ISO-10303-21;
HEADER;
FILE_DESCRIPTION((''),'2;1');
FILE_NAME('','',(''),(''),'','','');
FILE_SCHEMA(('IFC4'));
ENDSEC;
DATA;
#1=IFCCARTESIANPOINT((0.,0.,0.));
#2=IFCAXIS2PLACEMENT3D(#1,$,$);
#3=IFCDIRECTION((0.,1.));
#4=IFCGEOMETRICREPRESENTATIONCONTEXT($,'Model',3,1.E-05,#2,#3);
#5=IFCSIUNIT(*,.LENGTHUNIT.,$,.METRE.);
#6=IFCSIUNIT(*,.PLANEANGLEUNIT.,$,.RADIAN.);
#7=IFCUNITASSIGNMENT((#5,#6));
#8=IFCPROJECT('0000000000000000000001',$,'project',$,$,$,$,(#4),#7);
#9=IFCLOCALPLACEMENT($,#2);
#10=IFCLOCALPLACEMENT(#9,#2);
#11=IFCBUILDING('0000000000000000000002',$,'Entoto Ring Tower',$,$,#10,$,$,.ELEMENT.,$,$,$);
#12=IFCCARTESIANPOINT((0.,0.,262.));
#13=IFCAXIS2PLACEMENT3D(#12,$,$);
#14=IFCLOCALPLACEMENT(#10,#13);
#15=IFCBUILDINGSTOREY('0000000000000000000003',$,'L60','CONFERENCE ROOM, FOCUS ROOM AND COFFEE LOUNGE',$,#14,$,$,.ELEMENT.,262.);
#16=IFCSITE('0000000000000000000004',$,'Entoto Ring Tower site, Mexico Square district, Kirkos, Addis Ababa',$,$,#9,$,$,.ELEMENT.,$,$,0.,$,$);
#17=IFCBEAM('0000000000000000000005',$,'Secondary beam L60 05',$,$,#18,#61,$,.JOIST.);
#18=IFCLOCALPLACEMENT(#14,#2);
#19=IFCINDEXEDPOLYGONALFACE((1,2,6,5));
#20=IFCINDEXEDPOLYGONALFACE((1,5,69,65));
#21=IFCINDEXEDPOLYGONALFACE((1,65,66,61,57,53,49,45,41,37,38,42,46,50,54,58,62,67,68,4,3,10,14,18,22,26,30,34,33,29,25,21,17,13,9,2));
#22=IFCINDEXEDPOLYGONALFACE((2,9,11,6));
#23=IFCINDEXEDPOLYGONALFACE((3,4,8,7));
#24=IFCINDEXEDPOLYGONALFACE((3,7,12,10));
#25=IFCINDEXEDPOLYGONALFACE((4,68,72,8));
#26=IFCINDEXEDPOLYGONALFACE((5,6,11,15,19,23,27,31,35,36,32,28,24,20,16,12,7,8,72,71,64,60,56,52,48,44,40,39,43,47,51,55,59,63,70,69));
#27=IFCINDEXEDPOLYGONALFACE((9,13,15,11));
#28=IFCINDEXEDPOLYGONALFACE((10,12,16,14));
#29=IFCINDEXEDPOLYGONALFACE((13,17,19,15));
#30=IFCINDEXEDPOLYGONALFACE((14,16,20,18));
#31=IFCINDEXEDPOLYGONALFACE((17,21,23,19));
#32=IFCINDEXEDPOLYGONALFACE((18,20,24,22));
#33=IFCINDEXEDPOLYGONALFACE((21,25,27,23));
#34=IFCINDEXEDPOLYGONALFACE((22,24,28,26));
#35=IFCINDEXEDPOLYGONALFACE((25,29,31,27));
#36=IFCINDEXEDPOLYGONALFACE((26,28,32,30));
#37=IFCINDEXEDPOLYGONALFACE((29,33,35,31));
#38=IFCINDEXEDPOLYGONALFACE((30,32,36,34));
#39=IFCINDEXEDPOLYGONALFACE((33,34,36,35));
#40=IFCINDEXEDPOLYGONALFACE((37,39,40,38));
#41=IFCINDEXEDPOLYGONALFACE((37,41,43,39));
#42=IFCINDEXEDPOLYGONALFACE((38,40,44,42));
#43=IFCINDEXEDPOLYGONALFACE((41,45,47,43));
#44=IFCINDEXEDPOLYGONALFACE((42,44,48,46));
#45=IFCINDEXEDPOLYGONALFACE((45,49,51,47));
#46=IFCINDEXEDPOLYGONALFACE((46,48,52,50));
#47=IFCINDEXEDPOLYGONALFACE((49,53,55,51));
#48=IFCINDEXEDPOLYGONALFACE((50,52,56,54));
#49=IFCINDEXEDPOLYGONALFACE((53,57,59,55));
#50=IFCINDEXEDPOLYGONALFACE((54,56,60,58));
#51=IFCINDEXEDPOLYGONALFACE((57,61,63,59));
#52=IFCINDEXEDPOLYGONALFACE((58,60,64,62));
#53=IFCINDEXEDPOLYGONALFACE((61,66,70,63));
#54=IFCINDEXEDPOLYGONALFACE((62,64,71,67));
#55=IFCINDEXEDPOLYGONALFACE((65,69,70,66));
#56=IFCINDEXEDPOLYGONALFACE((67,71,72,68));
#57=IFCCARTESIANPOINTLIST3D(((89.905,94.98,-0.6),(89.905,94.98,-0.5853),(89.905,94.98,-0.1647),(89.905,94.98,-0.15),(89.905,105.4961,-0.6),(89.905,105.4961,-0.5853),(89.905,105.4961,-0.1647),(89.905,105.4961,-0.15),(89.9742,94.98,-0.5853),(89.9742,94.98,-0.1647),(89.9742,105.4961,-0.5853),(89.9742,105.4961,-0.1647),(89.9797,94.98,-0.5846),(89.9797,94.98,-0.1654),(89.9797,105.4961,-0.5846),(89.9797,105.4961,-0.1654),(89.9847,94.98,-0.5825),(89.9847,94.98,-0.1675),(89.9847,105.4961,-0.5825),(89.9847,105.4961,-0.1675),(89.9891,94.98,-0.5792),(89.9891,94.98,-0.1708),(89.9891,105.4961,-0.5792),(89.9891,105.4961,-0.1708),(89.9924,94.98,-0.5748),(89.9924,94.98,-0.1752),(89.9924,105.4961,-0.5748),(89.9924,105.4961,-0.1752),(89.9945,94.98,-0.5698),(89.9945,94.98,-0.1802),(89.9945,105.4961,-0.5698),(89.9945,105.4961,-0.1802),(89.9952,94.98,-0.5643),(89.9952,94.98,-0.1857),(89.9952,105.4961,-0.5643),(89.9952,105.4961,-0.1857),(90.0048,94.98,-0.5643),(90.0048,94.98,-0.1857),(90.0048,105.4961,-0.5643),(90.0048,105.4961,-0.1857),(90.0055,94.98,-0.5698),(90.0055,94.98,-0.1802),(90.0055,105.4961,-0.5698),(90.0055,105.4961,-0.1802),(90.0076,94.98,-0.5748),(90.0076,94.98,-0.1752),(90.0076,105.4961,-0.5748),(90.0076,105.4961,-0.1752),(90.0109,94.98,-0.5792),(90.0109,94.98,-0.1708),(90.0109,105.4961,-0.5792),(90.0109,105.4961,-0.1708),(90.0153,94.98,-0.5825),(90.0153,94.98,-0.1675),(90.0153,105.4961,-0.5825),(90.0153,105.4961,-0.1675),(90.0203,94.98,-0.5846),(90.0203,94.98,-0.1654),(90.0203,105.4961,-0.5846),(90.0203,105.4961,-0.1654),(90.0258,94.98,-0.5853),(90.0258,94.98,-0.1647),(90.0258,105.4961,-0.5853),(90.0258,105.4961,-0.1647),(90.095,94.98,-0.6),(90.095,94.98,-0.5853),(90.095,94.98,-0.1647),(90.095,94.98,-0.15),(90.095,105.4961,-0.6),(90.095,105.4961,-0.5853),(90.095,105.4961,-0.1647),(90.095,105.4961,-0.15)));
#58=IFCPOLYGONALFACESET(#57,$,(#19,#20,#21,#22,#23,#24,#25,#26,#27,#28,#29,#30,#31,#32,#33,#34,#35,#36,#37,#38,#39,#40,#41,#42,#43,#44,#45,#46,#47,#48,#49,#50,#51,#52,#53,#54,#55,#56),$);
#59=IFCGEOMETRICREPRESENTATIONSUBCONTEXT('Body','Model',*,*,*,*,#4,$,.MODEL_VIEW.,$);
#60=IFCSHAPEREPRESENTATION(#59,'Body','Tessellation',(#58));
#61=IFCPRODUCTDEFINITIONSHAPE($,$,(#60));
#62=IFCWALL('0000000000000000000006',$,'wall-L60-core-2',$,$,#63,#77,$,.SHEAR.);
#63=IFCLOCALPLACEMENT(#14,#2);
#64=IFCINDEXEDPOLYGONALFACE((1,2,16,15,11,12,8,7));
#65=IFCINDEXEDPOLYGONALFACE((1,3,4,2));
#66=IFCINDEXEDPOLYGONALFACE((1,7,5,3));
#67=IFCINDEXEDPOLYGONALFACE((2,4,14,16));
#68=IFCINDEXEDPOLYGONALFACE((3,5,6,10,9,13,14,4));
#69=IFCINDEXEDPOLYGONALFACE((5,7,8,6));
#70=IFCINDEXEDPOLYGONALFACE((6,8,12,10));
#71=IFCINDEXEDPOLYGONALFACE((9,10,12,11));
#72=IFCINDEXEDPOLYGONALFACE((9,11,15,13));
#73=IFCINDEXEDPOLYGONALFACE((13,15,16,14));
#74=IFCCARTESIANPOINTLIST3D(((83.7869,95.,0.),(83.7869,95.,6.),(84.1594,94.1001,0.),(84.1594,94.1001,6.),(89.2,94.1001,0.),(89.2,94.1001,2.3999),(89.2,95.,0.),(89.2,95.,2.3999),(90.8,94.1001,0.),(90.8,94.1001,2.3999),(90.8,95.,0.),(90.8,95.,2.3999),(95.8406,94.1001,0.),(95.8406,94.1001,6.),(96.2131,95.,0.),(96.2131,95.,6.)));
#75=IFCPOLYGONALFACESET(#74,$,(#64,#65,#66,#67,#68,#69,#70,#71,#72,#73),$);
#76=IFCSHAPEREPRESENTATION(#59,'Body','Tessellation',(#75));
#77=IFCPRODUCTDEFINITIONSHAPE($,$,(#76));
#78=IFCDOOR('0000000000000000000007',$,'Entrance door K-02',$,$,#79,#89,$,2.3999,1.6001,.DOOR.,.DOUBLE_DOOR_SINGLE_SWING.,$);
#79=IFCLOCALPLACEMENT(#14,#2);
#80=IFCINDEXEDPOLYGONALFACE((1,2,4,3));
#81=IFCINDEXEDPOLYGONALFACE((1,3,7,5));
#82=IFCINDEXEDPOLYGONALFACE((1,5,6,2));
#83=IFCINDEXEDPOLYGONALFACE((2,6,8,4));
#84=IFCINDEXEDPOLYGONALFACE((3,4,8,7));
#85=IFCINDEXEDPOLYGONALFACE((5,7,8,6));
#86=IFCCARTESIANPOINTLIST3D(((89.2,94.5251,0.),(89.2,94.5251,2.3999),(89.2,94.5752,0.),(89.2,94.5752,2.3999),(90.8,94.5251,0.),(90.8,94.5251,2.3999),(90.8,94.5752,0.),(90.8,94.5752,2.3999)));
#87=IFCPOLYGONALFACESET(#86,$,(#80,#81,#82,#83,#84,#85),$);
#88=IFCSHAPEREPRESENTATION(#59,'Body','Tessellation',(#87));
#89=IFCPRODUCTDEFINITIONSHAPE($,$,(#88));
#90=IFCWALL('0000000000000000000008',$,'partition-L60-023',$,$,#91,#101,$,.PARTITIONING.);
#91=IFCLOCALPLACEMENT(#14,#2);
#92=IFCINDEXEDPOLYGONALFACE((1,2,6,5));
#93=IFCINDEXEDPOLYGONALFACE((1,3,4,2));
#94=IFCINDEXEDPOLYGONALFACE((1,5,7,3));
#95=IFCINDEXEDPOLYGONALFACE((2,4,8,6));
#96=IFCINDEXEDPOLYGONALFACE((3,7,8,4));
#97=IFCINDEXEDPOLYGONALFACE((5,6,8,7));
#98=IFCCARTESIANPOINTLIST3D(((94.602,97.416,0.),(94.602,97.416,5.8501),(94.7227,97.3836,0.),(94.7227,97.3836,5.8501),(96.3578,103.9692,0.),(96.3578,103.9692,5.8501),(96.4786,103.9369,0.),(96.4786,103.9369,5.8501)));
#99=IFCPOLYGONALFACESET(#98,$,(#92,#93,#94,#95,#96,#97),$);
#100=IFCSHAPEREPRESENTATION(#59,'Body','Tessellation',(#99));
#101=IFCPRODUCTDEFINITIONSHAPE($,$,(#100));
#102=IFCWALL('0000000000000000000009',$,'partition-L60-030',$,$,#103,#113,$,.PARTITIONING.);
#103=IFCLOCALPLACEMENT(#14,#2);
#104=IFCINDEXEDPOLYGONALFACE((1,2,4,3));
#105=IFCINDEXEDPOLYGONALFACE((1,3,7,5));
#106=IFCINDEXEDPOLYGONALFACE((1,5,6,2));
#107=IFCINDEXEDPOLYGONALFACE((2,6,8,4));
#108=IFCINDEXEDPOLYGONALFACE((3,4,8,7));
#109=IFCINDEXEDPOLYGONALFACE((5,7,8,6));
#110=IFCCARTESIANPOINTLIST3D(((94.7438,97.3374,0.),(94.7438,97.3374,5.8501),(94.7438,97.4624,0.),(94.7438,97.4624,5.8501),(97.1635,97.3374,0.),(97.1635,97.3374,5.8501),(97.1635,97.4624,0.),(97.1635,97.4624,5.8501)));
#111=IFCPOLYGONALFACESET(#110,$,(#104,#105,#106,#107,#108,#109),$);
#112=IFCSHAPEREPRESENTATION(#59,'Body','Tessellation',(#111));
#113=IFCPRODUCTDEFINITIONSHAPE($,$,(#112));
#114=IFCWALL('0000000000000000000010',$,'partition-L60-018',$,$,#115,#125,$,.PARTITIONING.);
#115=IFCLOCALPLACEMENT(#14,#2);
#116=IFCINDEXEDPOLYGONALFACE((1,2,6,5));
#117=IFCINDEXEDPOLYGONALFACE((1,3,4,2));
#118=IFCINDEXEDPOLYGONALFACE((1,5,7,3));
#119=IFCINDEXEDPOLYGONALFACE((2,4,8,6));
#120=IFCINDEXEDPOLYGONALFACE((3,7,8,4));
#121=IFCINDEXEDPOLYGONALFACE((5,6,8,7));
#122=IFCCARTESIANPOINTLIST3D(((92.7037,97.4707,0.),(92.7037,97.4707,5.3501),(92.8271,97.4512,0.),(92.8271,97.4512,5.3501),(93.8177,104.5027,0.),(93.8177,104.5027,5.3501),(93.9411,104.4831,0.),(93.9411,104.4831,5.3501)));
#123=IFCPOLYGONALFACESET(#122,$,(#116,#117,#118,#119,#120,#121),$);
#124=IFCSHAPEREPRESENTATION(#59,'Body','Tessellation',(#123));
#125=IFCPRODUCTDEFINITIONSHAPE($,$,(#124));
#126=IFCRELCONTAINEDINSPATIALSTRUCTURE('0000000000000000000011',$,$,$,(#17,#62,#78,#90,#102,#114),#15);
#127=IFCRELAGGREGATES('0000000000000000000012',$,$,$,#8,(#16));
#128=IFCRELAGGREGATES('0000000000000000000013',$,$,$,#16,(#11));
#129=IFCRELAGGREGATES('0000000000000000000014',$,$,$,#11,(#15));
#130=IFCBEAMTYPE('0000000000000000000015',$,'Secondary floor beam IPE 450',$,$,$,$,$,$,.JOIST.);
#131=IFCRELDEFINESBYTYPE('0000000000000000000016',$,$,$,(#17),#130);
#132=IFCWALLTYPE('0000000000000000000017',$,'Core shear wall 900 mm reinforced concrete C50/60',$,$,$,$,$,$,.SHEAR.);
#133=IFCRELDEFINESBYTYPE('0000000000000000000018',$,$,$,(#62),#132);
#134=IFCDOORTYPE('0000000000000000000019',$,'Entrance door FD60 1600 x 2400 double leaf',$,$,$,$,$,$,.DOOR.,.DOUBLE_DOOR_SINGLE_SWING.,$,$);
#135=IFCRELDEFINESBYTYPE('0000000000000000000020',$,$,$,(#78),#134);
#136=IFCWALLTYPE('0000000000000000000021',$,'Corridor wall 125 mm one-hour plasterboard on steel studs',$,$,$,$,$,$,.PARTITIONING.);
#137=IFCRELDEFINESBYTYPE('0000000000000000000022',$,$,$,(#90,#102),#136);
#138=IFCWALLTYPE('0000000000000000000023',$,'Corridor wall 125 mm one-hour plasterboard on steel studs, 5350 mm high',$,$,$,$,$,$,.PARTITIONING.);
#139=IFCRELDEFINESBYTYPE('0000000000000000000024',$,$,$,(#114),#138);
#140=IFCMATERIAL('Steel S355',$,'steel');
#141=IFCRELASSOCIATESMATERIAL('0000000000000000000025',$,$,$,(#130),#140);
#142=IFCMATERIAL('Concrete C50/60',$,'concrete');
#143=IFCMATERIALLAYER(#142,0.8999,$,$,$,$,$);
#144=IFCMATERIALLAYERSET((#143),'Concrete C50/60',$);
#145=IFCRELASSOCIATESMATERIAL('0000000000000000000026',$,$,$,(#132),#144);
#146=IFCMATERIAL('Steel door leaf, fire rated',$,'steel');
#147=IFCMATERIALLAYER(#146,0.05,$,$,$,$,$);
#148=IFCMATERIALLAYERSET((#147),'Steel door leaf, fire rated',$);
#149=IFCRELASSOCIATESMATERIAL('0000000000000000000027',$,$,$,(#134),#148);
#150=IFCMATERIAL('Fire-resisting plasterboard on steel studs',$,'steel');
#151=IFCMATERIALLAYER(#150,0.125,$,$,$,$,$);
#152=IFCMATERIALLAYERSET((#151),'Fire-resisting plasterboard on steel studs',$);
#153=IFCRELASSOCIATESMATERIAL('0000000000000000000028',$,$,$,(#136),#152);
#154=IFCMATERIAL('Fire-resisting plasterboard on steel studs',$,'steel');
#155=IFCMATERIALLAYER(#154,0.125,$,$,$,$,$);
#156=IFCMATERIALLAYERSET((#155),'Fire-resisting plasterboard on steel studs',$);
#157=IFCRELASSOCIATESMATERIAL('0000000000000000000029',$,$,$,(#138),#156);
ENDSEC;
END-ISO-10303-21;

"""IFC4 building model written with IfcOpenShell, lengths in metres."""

from ifc_helpers import new_model, si_unit, direction, frame, frame_2d, origin, origin_2d, place, context, subcontext, project, spatial, polyline, rectangle, i_section, outline, extrude, material, layer, layer_set, material_profile, profile_set, type_object, element, fill, save


model = new_model("IFC4")

# Units and contexts
model_context = context("Model", 3, precision=1e-05, world=origin(), true_north=direction((0.0, 1.0)))
body_context = subcontext(model_context, "Body", "Model", "MODEL_VIEW")
ifc_project = project(units=[si_unit("LENGTHUNIT", "METRE"), si_unit("PLANEANGLEUNIT", "RADIAN")], contexts=[model_context])

# Site, building, storey
site_placement = place(None, origin())
site = spatial("IfcSite", under=ifc_project, at=site_placement, Name="Entoto Ring Tower site, Mexico Square district, Kirkos, Addis Ababa", CompositionType="ELEMENT", RefElevation=0.0)
building_placement = place(site_placement, origin())
building = spatial("IfcBuilding", under=site, at=building_placement, Name="Entoto Ring Tower", CompositionType="ELEMENT")
storey_placement = place(building_placement, frame((0.0, 0.0, 262.0)))
storey = spatial("IfcBuildingStorey", under=building, at=storey_placement, Name="L60", Description="CONFERENCE ROOM, FOCUS ROOM AND COFFEE LOUNGE", CompositionType="ELEMENT", Elevation=262.0)

# Beam
ifc_material_1 = material(Name="Steel S355", Category="steel")
ifc_material_profile_1 = material_profile(ifc_material_1, i_section(OverallWidth=0.1899, OverallDepth=0.45, WebThickness=0.0095, FlangeThickness=0.0146, FilletRadius=0.021, at=origin_2d()), Name="IPE 450")
ifc_profile_set_1 = profile_set([ifc_material_profile_1], Name="Steel S355")
beam_type_1 = type_object("IfcBeamType", Name="Secondary floor beam IPE 450", PredefinedType="JOIST", material=ifc_profile_set_1)
beam_1_placement = place(storey_placement, frame((90.0, 94.98, -0.375), z_axis=(0.0, 1.0, 0.0), x_axis=(-1.0, 0.0, 0.0)))
element("IfcBeam", 1, at=beam_1_placement, inside=storey, type_object=beam_type_1, Name="Secondary beam L60 05", PredefinedType="JOIST", context=body_context, shape_type="SweptSolid", body=[
    extrude(i_section(OverallWidth=0.1899, OverallDepth=0.45, WebThickness=0.0095, FlangeThickness=0.0146, FilletRadius=0.021, at=origin_2d()), origin(), (0.0, 0.0, 1.0), 10.5161),
])

# Wall, opening, door
ifc_material_2 = material(Name="Concrete C50/60", Category="concrete")
ifc_layer_1 = layer(ifc_material_2, 0.8999)
ifc_layer_set_1 = layer_set([ifc_layer_1], Name="Concrete C50/60")
wall_type_1 = type_object("IfcWallType", Name="Core shear wall 900 mm reinforced concrete C50/60", PredefinedType="SHEAR", material=ifc_layer_set_1)
wall_1_placement = place(storey_placement, frame((96.0269, 94.55, 0.0), z_axis=(0.0, 0.0, 1.0), x_axis=(-1.0, 0.0, 0.0)))
wall_1 = element("IfcWall", 2, at=wall_1_placement, inside=storey, type_object=wall_type_1, Name="wall-L60-core-2", PredefinedType="SHEAR", context=body_context, shape_type="SweptSolid", body=[
    extrude(outline(polyline([(-0.1863, -0.45), (12.24, -0.45), (11.8674, 0.45), (0.1863, 0.45), (-0.1863, -0.45)])), origin(), (0.0, 0.0, 1.0), 6.0),
])
opening_placement = place(wall_1_placement, frame((5.2268, 0.0, 0.0)))
opening = element("IfcOpeningElement", 3, at=opening_placement, cuts=wall_1, PredefinedType="OPENING", context=body_context, shape_type="SweptSolid", body=[
    extrude(rectangle(XDim=1.6001, YDim=2.3999, at=frame_2d((0.8, 1.2))), frame((0.0, 0.46, 0.0), z_axis=(0.0, -1.0, 0.0), x_axis=(1.0, 0.0, 0.0)), (0.0, 0.0, 1.0), 0.9199),
])
ifc_material_3 = material(Name="Steel door leaf, fire rated", Category="steel")
ifc_layer_2 = layer(ifc_material_3, 0.05)
ifc_layer_set_2 = layer_set([ifc_layer_2], Name="Steel door leaf, fire rated")
door_type = type_object("IfcDoorType", Name="Entrance door FD60 1600 x 2400 double leaf", OperationType="DOUBLE_DOOR_SINGLE_SWING", PredefinedType="DOOR", material=ifc_layer_set_2)
door_placement = place(opening_placement, origin())
door = element("IfcDoor", 4, at=door_placement, inside=storey, type_object=door_type, Name="Entrance door K-02", OperationType="DOUBLE_DOOR_SINGLE_SWING", OverallHeight=2.3999, OverallWidth=1.6001, PredefinedType="DOOR", context=body_context, shape_type="SweptSolid", body=[
    extrude(rectangle(XDim=1.6001, YDim=2.3999, at=frame_2d((0.8, 1.2))), frame((0.0, 0.0249, 0.0), z_axis=(0.0, -1.0, 0.0), x_axis=(1.0, 0.0, 0.0)), (0.0, 0.0, 1.0), 0.05),
])
fill(opening, door)

# Walls
ifc_material_4 = material(Name="Fire-resisting plasterboard on steel studs", Category="steel")
ifc_layer_3 = layer(ifc_material_4, 0.125)
ifc_layer_set_3 = layer_set([ifc_layer_3], Name="Fire-resisting plasterboard on steel studs")
wall_type_2 = type_object("IfcWallType", Name="Corridor wall 125 mm one-hour plasterboard on steel studs", PredefinedType="PARTITIONING", material=ifc_layer_set_3)
wall_2_placement = place(storey_placement, frame((94.6624, 97.3999, 0.0), z_axis=(0.0, 0.0, 1.0), x_axis=(0.258809, 0.965928, 0.0)))
element("IfcWall", 5, at=wall_2_placement, inside=storey, type_object=wall_type_2, Name="partition-L60-023", PredefinedType="PARTITIONING", context=body_context, shape_type="SweptSolid", body=[
    extrude(rectangle(XDim=6.7844, YDim=0.125, at=frame_2d((3.3921, 0.0))), origin(), (0.0, 0.0, 1.0), 5.8501),
])
wall_3_placement = place(storey_placement, frame((94.7437, 97.3999, 0.0), z_axis=(0.0, 0.0, 1.0), x_axis=(1.0, 0.0, 0.0)))
element("IfcWall", 6, at=wall_3_placement, inside=storey, type_object=wall_type_2, Name="partition-L60-030", PredefinedType="PARTITIONING", context=body_context, shape_type="SweptSolid", body=[
    extrude(rectangle(XDim=2.4197, YDim=0.125, at=frame_2d((1.21, 0.0))), origin(), (0.0, 0.0, 1.0), 5.8501),
])
ifc_material_5 = material(Name="Fire-resisting plasterboard on steel studs", Category="steel")
ifc_layer_4 = layer(ifc_material_5, 0.125)
ifc_layer_set_4 = layer_set([ifc_layer_4], Name="Fire-resisting plasterboard on steel studs")
wall_type_3 = type_object("IfcWallType", Name="Corridor wall 125 mm one-hour plasterboard on steel studs, 5350 mm high", PredefinedType="PARTITIONING", material=ifc_layer_set_4)
wall_4_placement = place(storey_placement, frame((92.7654, 97.4609, 0.0), z_axis=(0.0, 0.0, 1.0), x_axis=(0.15647, 0.987683, 0.0)))
element("IfcWall", 7, at=wall_4_placement, inside=storey, type_object=wall_type_3, Name="partition-L60-018", PredefinedType="PARTITIONING", context=body_context, shape_type="SweptSolid", body=[
    extrude(rectangle(XDim=7.1196, YDim=0.125, at=frame_2d((3.5598, 0.0))), origin(), (0.0, 0.0, 1.0), 5.3501),
])

save(model, "model.ifc")
